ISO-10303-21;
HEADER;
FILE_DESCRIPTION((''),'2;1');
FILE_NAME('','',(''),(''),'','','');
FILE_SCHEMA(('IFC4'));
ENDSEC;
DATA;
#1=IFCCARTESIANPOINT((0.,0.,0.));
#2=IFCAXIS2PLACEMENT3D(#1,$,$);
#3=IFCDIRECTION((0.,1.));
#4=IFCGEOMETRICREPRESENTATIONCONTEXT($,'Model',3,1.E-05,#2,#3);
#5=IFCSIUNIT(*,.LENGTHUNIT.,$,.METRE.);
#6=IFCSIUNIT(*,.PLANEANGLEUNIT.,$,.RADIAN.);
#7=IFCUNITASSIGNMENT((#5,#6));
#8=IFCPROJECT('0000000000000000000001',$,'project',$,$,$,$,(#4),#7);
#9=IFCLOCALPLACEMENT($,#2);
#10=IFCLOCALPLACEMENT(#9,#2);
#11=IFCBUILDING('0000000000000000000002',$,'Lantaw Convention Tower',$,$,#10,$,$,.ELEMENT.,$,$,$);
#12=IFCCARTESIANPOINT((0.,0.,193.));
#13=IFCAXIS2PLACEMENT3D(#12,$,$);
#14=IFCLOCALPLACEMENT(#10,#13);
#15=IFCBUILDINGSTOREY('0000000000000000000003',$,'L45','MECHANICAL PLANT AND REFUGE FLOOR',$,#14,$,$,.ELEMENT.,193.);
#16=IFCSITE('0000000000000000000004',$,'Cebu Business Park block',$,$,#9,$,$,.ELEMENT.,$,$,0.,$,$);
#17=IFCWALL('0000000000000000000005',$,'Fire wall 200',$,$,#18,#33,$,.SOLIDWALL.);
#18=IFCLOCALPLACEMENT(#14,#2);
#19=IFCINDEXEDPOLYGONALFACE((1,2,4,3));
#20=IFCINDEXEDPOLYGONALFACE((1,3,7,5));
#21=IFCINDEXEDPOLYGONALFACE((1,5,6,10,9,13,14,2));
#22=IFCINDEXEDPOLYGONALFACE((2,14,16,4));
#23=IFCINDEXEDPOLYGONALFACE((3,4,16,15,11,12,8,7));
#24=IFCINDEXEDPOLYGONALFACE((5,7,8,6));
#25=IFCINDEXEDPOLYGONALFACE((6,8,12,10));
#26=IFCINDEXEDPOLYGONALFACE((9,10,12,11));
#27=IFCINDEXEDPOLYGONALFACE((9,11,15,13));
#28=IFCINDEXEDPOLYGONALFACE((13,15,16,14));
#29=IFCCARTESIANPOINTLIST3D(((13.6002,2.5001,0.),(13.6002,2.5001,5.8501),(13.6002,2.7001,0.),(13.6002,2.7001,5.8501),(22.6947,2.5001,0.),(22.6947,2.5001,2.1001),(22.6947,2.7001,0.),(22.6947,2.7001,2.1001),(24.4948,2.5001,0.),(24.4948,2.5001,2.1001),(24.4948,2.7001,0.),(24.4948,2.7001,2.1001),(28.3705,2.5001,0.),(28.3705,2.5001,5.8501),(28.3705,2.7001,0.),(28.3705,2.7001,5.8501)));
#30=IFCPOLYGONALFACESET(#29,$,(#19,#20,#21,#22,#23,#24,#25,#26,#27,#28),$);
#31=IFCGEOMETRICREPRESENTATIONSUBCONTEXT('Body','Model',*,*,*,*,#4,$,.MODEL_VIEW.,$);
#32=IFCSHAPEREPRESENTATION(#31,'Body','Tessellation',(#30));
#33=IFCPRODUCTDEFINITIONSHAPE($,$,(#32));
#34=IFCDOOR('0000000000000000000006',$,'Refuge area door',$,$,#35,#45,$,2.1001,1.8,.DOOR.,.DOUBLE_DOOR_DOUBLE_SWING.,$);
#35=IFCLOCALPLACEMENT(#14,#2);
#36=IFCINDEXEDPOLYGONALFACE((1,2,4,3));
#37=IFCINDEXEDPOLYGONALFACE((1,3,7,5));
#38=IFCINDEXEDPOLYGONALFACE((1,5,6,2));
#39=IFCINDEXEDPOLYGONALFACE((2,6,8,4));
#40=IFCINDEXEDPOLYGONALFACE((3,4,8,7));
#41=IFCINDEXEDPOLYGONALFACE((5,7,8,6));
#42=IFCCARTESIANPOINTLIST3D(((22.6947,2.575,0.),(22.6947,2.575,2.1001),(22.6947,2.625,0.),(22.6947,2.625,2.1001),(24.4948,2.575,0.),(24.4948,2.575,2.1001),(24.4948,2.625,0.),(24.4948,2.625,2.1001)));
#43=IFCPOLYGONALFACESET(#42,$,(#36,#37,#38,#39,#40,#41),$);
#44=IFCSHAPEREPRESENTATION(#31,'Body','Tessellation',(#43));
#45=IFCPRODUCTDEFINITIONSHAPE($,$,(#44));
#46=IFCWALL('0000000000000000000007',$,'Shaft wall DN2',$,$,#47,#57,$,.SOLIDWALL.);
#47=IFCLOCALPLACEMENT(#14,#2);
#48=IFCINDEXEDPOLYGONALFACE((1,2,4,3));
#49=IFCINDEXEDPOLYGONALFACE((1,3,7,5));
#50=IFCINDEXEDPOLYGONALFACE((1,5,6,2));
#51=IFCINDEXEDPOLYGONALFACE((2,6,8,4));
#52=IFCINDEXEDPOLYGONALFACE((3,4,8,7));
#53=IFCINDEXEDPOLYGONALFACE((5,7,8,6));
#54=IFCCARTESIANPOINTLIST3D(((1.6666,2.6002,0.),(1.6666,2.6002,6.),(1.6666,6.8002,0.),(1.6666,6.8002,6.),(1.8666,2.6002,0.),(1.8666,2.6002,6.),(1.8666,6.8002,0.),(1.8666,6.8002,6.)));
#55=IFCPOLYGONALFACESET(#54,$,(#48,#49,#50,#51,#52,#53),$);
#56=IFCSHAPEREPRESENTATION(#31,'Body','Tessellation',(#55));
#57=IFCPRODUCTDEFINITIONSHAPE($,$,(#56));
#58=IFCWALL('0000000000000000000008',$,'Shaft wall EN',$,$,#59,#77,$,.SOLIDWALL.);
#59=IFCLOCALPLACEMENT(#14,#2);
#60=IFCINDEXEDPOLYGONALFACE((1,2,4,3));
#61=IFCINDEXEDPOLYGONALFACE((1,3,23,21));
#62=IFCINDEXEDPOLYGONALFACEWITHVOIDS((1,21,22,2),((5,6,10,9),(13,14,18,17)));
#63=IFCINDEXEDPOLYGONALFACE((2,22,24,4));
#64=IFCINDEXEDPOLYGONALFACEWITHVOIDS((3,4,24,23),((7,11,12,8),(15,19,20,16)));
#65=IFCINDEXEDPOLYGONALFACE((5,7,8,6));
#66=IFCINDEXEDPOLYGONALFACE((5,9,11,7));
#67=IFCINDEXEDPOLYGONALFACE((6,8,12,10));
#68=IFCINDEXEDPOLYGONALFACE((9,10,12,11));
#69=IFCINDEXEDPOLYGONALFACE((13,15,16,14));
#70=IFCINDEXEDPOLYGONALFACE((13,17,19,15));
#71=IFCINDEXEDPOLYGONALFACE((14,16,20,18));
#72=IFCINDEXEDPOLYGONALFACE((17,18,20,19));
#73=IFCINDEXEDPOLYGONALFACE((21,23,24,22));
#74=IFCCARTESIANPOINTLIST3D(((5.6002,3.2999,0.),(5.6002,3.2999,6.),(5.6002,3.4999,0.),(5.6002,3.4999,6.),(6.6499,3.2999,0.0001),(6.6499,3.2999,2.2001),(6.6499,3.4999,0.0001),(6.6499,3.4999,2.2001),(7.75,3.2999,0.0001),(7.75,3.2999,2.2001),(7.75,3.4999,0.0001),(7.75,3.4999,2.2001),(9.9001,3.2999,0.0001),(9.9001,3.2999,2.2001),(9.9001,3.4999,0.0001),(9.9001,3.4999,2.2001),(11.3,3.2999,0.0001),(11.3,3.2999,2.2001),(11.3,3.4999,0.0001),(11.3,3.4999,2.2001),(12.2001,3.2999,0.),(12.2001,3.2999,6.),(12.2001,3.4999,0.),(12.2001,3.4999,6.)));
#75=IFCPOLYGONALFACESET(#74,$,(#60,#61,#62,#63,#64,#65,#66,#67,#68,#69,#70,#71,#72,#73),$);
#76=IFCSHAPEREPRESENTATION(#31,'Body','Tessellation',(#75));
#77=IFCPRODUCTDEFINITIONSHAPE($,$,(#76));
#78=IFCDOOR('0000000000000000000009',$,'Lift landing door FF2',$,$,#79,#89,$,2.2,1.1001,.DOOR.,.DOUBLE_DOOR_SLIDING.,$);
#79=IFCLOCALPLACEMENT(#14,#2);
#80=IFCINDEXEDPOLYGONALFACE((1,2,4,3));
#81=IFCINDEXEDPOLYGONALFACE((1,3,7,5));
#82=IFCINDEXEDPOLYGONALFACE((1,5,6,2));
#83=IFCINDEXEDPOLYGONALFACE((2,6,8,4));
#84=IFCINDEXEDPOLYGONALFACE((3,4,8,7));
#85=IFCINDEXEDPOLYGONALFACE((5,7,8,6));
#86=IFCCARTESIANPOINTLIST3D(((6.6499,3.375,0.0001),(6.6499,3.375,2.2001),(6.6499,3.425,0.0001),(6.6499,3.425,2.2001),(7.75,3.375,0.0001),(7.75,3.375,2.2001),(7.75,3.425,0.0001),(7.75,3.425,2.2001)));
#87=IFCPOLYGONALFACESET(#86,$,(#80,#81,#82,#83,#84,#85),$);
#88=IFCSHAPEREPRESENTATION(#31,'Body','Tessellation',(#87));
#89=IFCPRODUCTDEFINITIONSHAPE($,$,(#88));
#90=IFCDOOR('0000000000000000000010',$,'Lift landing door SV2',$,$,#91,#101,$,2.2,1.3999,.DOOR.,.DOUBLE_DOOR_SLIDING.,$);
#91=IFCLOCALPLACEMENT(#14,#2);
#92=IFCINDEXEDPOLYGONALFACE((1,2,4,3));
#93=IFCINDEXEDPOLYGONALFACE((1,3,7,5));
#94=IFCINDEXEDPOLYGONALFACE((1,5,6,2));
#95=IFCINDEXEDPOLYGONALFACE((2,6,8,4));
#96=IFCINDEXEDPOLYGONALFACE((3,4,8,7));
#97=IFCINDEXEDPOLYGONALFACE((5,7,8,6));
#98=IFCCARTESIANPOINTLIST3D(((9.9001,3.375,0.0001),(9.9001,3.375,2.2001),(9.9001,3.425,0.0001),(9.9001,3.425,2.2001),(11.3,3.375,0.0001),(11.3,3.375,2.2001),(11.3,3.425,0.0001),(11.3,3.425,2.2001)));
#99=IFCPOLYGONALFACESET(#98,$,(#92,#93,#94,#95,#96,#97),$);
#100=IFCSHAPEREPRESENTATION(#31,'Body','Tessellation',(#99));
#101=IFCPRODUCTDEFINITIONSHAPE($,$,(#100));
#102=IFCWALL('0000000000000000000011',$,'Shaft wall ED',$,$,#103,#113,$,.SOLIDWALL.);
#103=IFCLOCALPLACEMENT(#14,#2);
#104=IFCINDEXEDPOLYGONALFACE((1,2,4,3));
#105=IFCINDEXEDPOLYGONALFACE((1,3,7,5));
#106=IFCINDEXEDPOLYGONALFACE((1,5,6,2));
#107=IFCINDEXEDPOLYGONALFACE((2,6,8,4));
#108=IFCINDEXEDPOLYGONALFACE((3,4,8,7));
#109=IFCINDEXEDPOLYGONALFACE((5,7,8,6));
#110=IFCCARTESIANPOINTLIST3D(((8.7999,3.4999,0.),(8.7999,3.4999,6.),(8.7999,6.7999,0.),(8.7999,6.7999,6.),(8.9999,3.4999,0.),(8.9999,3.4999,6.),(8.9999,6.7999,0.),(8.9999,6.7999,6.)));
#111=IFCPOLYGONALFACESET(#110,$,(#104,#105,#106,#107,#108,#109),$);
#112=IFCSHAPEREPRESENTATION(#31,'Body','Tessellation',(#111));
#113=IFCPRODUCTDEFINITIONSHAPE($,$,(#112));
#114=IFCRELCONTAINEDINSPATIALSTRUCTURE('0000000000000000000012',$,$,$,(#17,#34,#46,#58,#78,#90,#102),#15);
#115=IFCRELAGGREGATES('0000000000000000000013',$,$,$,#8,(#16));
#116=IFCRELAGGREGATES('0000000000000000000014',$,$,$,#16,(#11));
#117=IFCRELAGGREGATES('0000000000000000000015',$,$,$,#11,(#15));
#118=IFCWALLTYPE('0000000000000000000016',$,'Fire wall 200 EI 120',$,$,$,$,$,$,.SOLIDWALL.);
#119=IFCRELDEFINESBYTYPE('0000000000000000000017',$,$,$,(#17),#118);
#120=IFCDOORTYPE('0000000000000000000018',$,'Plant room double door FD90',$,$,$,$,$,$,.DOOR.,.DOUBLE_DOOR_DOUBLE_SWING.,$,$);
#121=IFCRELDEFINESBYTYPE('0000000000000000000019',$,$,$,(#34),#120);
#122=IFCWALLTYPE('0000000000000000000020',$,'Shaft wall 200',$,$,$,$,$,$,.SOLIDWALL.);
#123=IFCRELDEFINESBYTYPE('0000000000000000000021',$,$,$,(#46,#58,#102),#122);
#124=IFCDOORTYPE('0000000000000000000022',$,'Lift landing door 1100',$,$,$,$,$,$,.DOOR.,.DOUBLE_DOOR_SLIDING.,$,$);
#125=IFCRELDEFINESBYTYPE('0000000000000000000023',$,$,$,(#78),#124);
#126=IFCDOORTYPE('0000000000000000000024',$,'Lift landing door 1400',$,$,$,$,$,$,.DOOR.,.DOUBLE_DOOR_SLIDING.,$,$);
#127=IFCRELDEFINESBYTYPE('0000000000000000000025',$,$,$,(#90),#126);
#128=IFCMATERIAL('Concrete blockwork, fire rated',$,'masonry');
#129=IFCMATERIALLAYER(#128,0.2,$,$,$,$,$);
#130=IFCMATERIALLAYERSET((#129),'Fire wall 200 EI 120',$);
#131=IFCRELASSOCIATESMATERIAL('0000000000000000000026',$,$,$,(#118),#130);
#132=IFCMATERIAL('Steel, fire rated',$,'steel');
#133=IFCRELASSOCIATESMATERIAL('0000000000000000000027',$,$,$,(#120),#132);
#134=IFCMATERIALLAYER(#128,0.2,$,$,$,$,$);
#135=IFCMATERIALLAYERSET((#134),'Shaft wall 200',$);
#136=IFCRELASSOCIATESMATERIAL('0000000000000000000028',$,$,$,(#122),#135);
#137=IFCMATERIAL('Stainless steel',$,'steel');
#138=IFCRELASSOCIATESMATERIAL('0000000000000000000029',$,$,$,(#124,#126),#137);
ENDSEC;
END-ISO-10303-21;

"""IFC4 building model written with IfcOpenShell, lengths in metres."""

from ifc_helpers import new_model, si_unit, direction, frame, frame_2d, origin, place, context, subcontext, project, spatial, rectangle, extrude, material, layer, layer_set, type_object, element, fill, save


model = new_model("IFC4")

# Units and contexts
model_context = context("Model", 3, precision=1e-05, world=origin(), true_north=direction((0.0, 1.0)))
body_context = subcontext(model_context, "Body", "Model", "MODEL_VIEW")
ifc_project = project(units=[si_unit("LENGTHUNIT", "METRE"), si_unit("PLANEANGLEUNIT", "RADIAN")], contexts=[model_context])

# Site, building, storey
site_placement = place(None, origin())
site = spatial("IfcSite", under=ifc_project, at=site_placement, Name="Cebu Business Park block", CompositionType="ELEMENT", RefElevation=0.0)
building_placement = place(site_placement, origin())
building = spatial("IfcBuilding", under=site, at=building_placement, Name="Lantaw Convention Tower", CompositionType="ELEMENT")
storey_placement = place(building_placement, frame((0.0, 0.0, 193.0)))
storey = spatial("IfcBuildingStorey", under=building, at=storey_placement, Name="L45", Description="MECHANICAL PLANT AND REFUGE FLOOR", CompositionType="ELEMENT", Elevation=193.0)

# Wall, opening, door
ifc_material_1 = material(Name="Concrete blockwork, fire rated", Category="masonry")
ifc_layer_1 = layer(ifc_material_1, 0.2)
ifc_layer_set_1 = layer_set([ifc_layer_1], Name="Fire wall 200 EI 120")
wall_type_1 = type_object("IfcWallType", Name="Fire wall 200 EI 120", PredefinedType="SOLIDWALL", material=ifc_layer_set_1)
wall_1_placement = place(storey_placement, frame((13.6001, 2.6001, 0.0), z_axis=(0.0, 0.0, 1.0), x_axis=(1.0, 0.0, 0.0)))
wall_1 = element("IfcWall", 1, at=wall_1_placement, inside=storey, type_object=wall_type_1, Name="Fire wall 200", PredefinedType="SOLIDWALL", context=body_context, shape_type="SweptSolid", body=[
    extrude(rectangle(XDim=14.7703, YDim=0.2, at=frame_2d((7.3853, 0.0))), origin(), (0.0, 0.0, 1.0), 5.8501),
])
opening_1_placement = place(wall_1_placement, frame((9.0947, 0.0, 0.0)))
opening_1 = element("IfcOpeningElement", 2, at=opening_1_placement, cuts=wall_1, PredefinedType="OPENING", context=body_context, shape_type="SweptSolid", body=[
    extrude(rectangle(XDim=1.8, YDim=2.1001, at=frame_2d((0.8999, 1.05))), frame((0.0, 0.1099, 0.0), z_axis=(0.0, -1.0, 0.0), x_axis=(1.0, 0.0, 0.0)), (0.0, 0.0, 1.0), 0.22),
])
ifc_material_2 = material(Name="Steel, fire rated", Category="steel")
door_type_1 = type_object("IfcDoorType", Name="Plant room double door FD90", OperationType="DOUBLE_DOOR_DOUBLE_SWING", PredefinedType="DOOR", material=ifc_material_2)
door_1_placement = place(opening_1_placement, origin())
door_1 = element("IfcDoor", 3, at=door_1_placement, inside=storey, type_object=door_type_1, Name="Refuge area door", OperationType="DOUBLE_DOOR_DOUBLE_SWING", OverallHeight=2.1001, OverallWidth=1.8, PredefinedType="DOOR", context=body_context, shape_type="SweptSolid", body=[
    extrude(rectangle(XDim=1.8, YDim=2.1001, at=frame_2d((0.8999, 1.05))), frame((0.0, 0.0249, 0.0), z_axis=(0.0, -1.0, 0.0), x_axis=(1.0, 0.0, 0.0)), (0.0, 0.0, 1.0), 0.05),
])
fill(opening_1, door_1)

# Wall
ifc_layer_2 = layer(ifc_material_1, 0.2)
ifc_layer_set_2 = layer_set([ifc_layer_2], Name="Shaft wall 200")
wall_type_2 = type_object("IfcWallType", Name="Shaft wall 200", PredefinedType="SOLIDWALL", material=ifc_layer_set_2)
wall_2_placement = place(storey_placement, frame((1.7666, 2.6001, 0.0), z_axis=(0.0, 0.0, 1.0), x_axis=(0.0, 1.0, 0.0)))
element("IfcWall", 4, at=wall_2_placement, inside=storey, type_object=wall_type_2, Name="Shaft wall DN2", PredefinedType="SOLIDWALL", context=body_context, shape_type="SweptSolid", body=[
    extrude(rectangle(XDim=4.2, YDim=0.2, at=frame_2d((2.1001, 0.0))), origin(), (0.0, 0.0, 1.0), 6.0),
])

# Wall, openings, doors
wall_3_placement = place(storey_placement, frame((12.2, 3.3999, 0.0), z_axis=(0.0, 0.0, 1.0), x_axis=(-1.0, 0.0, 0.0)))
wall_3 = element("IfcWall", 5, at=wall_3_placement, inside=storey, type_object=wall_type_2, Name="Shaft wall EN", PredefinedType="SOLIDWALL", context=body_context, shape_type="SweptSolid", body=[
    extrude(rectangle(XDim=6.5999, YDim=0.2, at=frame_2d((3.2998, 0.0))), origin(), (0.0, 0.0, 1.0), 6.0),
])
opening_2_placement = place(wall_3_placement, frame((4.45, 0.0, 0.0)))
opening_2 = element("IfcOpeningElement", 6, at=opening_2_placement, cuts=wall_3, PredefinedType="OPENING", context=body_context, shape_type="SweptSolid", body=[
    extrude(rectangle(XDim=1.1001, YDim=2.2, at=frame_2d((0.55, 1.1001))), frame((0.0, 0.1099, 0.0), z_axis=(0.0, -1.0, 0.0), x_axis=(1.0, 0.0, 0.0)), (0.0, 0.0, 1.0), 0.22),
])
opening_3_placement = place(wall_3_placement, frame((0.8999, 0.0, 0.0)))
opening_3 = element("IfcOpeningElement", 7, at=opening_3_placement, cuts=wall_3, PredefinedType="OPENING", context=body_context, shape_type="SweptSolid", body=[
    extrude(rectangle(XDim=1.3999, YDim=2.2, at=frame_2d((0.7, 1.1001))), frame((0.0, 0.1099, 0.0), z_axis=(0.0, -1.0, 0.0), x_axis=(1.0, 0.0, 0.0)), (0.0, 0.0, 1.0), 0.22),
])
ifc_material_3 = material(Name="Stainless steel", Category="steel")
door_type_2 = type_object("IfcDoorType", Name="Lift landing door 1100", OperationType="DOUBLE_DOOR_SLIDING", PredefinedType="DOOR", material=ifc_material_3)
door_2_placement = place(opening_2_placement, origin())
door_2 = element("IfcDoor", 8, at=door_2_placement, inside=storey, type_object=door_type_2, Name="Lift landing door FF2", OperationType="DOUBLE_DOOR_SLIDING", OverallHeight=2.2, OverallWidth=1.1001, PredefinedType="DOOR", context=body_context, shape_type="SweptSolid", body=[
    extrude(rectangle(XDim=1.1001, YDim=2.2, at=frame_2d((0.55, 1.1001))), frame((0.0, 0.0249, 0.0), z_axis=(0.0, -1.0, 0.0), x_axis=(1.0, 0.0, 0.0)), (0.0, 0.0, 1.0), 0.05),
])
fill(opening_2, door_2)
door_type_3 = type_object("IfcDoorType", Name="Lift landing door 1400", OperationType="DOUBLE_DOOR_SLIDING", PredefinedType="DOOR", material=ifc_material_3)
door_3_placement = place(opening_3_placement, origin())
door_3 = element("IfcDoor", 9, at=door_3_placement, inside=storey, type_object=door_type_3, Name="Lift landing door SV2", OperationType="DOUBLE_DOOR_SLIDING", OverallHeight=2.2, OverallWidth=1.3999, PredefinedType="DOOR", context=body_context, shape_type="SweptSolid", body=[
    extrude(rectangle(XDim=1.3999, YDim=2.2, at=frame_2d((0.7, 1.1001))), frame((0.0, 0.0249, 0.0), z_axis=(0.0, -1.0, 0.0), x_axis=(1.0, 0.0, 0.0)), (0.0, 0.0, 1.0), 0.05),
])
fill(opening_3, door_3)

# Wall
wall_4_placement = place(storey_placement, frame((8.8999, 3.5, 0.0), z_axis=(0.0, 0.0, 1.0), x_axis=(0.0, 1.0, 0.0)))
element("IfcWall", 10, at=wall_4_placement, inside=storey, type_object=wall_type_2, Name="Shaft wall ED", PredefinedType="SOLIDWALL", context=body_context, shape_type="SweptSolid", body=[
    extrude(rectangle(XDim=3.3, YDim=0.2, at=frame_2d((1.6499, 0.0))), origin(), (0.0, 0.0, 1.0), 6.0),
])

save(model, "model.ifc")
